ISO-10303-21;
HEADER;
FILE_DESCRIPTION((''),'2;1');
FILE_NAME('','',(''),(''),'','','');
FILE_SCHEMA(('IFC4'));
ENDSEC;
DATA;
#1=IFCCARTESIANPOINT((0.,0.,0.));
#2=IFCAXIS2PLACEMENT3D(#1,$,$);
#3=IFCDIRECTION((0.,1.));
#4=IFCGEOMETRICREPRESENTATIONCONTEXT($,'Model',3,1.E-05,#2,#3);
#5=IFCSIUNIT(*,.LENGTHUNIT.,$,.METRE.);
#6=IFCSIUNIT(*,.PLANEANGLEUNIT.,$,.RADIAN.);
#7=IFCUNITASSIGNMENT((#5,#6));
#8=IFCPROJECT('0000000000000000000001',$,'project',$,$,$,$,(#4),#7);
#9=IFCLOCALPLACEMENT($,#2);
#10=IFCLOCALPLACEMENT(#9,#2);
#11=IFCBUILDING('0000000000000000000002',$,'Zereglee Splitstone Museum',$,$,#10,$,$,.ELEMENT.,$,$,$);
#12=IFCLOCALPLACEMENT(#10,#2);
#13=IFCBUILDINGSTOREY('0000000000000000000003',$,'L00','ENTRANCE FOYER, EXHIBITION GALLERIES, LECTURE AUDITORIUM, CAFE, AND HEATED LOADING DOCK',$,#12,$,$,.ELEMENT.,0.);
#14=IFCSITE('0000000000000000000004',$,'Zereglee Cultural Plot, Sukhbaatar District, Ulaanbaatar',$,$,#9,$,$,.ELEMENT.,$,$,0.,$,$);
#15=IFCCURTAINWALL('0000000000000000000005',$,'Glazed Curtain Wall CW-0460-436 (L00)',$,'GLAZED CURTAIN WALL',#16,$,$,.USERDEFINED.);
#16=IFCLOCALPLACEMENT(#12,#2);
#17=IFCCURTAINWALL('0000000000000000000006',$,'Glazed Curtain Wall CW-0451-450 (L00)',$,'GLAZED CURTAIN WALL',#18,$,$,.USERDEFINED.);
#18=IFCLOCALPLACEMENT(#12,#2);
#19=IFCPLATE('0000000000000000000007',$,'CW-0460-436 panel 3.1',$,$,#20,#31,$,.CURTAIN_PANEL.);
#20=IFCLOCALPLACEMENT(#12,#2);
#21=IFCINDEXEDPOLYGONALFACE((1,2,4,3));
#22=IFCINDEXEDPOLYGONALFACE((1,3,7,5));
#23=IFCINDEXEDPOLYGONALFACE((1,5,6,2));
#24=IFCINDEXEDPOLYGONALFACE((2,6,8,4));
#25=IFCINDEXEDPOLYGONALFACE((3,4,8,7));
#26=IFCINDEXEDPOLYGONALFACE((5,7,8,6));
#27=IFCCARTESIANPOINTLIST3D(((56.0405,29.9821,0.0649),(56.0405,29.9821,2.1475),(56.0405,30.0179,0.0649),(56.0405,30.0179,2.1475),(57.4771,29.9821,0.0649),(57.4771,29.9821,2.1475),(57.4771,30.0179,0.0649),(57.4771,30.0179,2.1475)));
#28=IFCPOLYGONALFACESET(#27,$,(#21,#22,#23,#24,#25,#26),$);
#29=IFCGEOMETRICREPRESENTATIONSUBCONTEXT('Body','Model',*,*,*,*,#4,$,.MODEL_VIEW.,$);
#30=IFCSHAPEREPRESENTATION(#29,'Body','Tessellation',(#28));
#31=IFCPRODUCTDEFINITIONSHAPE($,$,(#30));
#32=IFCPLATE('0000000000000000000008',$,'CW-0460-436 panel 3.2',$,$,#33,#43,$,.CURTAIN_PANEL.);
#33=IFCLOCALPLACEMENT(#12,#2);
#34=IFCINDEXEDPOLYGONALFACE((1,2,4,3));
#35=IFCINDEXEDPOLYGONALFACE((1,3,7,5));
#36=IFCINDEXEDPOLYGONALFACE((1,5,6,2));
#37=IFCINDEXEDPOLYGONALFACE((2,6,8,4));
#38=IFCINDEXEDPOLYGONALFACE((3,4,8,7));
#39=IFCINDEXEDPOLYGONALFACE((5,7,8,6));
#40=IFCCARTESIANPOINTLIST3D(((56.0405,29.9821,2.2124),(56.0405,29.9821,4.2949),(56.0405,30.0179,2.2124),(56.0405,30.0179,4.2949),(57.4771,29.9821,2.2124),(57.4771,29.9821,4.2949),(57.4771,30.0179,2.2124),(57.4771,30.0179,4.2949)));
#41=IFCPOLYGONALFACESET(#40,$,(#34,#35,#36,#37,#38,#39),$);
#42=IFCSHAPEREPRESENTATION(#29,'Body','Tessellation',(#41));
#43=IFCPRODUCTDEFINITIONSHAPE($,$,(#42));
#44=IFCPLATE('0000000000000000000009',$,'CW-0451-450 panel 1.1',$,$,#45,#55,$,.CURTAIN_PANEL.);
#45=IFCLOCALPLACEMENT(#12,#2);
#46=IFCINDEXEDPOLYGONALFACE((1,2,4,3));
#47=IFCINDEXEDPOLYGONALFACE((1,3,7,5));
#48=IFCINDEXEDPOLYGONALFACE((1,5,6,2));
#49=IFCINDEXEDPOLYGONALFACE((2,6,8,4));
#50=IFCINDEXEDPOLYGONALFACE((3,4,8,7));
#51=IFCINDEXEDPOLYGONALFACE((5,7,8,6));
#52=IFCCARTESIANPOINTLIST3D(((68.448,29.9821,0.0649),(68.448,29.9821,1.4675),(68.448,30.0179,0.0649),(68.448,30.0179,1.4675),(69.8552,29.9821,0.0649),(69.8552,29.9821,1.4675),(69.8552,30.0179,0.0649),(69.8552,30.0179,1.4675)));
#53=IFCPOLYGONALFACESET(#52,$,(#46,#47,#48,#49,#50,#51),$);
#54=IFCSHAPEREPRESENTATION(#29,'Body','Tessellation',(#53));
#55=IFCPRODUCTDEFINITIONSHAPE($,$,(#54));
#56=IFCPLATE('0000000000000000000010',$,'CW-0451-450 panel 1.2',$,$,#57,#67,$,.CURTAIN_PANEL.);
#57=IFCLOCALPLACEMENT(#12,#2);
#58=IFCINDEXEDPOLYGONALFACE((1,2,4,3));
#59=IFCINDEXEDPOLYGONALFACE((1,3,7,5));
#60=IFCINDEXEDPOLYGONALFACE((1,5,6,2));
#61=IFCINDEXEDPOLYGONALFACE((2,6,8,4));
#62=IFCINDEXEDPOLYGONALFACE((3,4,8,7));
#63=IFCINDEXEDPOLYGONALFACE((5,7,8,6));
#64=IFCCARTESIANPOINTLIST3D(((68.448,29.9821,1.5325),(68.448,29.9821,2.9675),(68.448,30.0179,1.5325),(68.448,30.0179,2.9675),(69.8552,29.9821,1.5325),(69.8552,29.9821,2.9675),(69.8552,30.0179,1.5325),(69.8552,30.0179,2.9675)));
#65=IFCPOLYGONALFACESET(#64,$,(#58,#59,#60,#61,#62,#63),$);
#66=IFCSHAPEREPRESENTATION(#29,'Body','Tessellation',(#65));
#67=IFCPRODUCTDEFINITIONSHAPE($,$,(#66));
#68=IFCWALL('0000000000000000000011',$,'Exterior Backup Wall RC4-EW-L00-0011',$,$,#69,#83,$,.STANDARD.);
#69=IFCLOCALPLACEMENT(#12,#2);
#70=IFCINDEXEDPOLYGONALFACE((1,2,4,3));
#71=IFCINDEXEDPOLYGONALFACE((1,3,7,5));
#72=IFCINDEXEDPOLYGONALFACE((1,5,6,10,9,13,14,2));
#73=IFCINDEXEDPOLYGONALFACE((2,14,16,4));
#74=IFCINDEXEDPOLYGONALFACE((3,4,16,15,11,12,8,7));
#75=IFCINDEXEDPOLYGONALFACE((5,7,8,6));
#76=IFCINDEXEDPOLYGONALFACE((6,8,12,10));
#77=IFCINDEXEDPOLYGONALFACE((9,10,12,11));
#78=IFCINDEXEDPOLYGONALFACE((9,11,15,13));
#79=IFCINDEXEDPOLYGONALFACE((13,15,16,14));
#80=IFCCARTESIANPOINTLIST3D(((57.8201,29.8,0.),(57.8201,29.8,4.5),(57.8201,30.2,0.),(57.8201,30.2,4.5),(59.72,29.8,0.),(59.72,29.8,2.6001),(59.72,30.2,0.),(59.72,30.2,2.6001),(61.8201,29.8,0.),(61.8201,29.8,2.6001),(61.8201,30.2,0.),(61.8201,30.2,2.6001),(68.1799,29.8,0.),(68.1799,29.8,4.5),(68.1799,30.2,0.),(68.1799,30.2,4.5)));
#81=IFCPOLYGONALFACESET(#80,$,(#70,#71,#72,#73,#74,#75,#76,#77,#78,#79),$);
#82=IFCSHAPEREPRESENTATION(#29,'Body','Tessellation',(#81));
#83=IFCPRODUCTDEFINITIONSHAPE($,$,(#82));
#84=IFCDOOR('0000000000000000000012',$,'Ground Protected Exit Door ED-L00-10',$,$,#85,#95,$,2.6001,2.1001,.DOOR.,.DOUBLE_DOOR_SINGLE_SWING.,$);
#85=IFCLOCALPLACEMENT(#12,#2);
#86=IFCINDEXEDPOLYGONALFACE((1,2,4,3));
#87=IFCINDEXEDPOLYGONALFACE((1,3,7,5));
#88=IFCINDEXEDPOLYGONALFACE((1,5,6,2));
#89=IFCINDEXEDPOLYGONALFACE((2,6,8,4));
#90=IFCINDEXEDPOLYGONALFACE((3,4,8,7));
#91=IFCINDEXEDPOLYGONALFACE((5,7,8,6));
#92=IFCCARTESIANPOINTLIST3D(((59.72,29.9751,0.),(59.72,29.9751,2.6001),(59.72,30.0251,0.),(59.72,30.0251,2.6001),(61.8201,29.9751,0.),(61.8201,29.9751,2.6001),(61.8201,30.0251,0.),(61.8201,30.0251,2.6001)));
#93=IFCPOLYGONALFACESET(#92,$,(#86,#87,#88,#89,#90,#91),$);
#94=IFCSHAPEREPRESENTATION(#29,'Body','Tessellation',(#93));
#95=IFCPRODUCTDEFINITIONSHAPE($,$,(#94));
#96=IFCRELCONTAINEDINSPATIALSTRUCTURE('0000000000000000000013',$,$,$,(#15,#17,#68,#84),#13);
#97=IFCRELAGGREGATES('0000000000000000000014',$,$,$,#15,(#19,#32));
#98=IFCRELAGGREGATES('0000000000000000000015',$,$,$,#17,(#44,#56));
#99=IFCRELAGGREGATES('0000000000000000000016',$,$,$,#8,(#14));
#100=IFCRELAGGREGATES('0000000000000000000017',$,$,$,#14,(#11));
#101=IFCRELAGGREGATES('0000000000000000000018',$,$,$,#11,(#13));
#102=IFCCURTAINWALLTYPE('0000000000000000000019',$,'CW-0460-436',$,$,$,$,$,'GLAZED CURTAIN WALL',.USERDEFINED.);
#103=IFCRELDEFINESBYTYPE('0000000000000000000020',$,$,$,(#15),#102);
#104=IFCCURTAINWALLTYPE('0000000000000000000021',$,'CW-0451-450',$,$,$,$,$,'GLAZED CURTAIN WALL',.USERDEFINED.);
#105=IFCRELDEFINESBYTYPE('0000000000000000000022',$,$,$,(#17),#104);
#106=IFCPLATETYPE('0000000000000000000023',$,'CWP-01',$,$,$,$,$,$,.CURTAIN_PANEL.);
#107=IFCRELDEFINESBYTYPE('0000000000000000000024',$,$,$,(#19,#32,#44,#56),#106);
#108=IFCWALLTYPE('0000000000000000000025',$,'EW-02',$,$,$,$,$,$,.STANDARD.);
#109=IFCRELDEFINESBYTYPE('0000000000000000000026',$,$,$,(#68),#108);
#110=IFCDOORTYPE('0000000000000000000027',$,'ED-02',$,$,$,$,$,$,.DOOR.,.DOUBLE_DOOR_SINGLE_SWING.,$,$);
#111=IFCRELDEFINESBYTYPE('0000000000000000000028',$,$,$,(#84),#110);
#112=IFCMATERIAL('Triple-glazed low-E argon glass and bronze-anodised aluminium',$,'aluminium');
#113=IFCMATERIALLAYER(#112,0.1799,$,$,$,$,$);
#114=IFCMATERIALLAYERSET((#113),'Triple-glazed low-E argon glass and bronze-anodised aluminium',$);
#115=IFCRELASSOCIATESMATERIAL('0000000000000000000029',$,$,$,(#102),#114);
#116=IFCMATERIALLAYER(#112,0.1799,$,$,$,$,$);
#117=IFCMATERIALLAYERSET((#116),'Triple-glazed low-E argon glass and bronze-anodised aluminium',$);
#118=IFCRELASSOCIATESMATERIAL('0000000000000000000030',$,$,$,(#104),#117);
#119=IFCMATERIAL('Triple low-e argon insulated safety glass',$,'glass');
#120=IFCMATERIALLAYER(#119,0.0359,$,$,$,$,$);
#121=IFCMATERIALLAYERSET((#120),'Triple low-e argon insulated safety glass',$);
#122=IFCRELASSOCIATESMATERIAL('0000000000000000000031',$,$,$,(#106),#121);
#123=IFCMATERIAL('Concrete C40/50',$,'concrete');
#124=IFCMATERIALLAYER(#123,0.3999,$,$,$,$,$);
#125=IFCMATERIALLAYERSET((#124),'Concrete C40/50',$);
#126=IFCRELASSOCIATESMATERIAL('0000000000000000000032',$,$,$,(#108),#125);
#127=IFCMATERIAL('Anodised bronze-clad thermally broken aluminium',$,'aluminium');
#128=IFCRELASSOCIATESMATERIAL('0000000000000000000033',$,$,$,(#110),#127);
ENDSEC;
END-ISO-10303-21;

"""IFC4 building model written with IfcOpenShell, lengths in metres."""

from ifc_helpers import new_model, si_unit, direction, frame, frame_2d, origin, origin_2d, place, context, subcontext, project, spatial, rectangle, extrude, material, layer, layer_set, type_object, element, fill, aggregate, save


model = new_model("IFC4")

# Units and contexts
model_context = context("Model", 3, precision=1e-05, world=origin(), true_north=direction((0.0, 1.0)))
body_context = subcontext(model_context, "Body", "Model", "MODEL_VIEW")
ifc_project = project(units=[si_unit("LENGTHUNIT", "METRE"), si_unit("PLANEANGLEUNIT", "RADIAN")], contexts=[model_context])

# Site, building, storey
site_placement = place(None, origin())
site = spatial("IfcSite", under=ifc_project, at=site_placement, Name="Zereglee Cultural Plot, Sukhbaatar District, Ulaanbaatar", CompositionType="ELEMENT", RefElevation=0.0)
building_placement = place(site_placement, origin())
building = spatial("IfcBuilding", under=site, at=building_placement, Name="Zereglee Splitstone Museum", CompositionType="ELEMENT")
storey_placement = place(building_placement, origin())
storey = spatial("IfcBuildingStorey", under=building, at=storey_placement, Name="L00", Description="ENTRANCE FOYER, EXHIBITION GALLERIES, LECTURE AUDITORIUM, CAFE, AND HEATED LOADING DOCK", CompositionType="ELEMENT", Elevation=0.0)

# Curtain wall
ifc_material_1 = material(Name="Triple-glazed low-E argon glass and bronze-anodised aluminium", Category="aluminium")
ifc_layer_1 = layer(ifc_material_1, 0.1799)
ifc_layer_set_1 = layer_set([ifc_layer_1], Name="Triple-glazed low-E argon glass and bronze-anodised aluminium")
curtain_wall_type_1 = type_object("IfcCurtainWallType", Name="CW-0460-436", ElementType="GLAZED CURTAIN WALL", PredefinedType="USERDEFINED", material=ifc_layer_set_1)
curtain_wall_1_placement = place(storey_placement, origin())
curtain_wall_1 = element("IfcCurtainWall", 1, at=curtain_wall_1_placement, inside=storey, type_object=curtain_wall_type_1, Name="Glazed Curtain Wall CW-0460-436 (L00)", ObjectType="GLAZED CURTAIN WALL", PredefinedType="USERDEFINED")

# Curtain wall
ifc_layer_2 = layer(ifc_material_1, 0.1799)
ifc_layer_set_2 = layer_set([ifc_layer_2], Name="Triple-glazed low-E argon glass and bronze-anodised aluminium")
curtain_wall_type_2 = type_object("IfcCurtainWallType", Name="CW-0451-450", ElementType="GLAZED CURTAIN WALL", PredefinedType="USERDEFINED", material=ifc_layer_set_2)
curtain_wall_2_placement = place(storey_placement, origin())
curtain_wall_2 = element("IfcCurtainWall", 2, at=curtain_wall_2_placement, inside=storey, type_object=curtain_wall_type_2, Name="Glazed Curtain Wall CW-0451-450 (L00)", ObjectType="GLAZED CURTAIN WALL", PredefinedType="USERDEFINED")

# Plates
ifc_material_2 = material(Name="Triple low-e argon insulated safety glass", Category="glass")
ifc_layer_3 = layer(ifc_material_2, 0.0359)
ifc_layer_set_3 = layer_set([ifc_layer_3], Name="Triple low-e argon insulated safety glass")
plate_type = type_object("IfcPlateType", Name="CWP-01", PredefinedType="CURTAIN_PANEL", material=ifc_layer_set_3)
plate_1_placement = place(storey_placement, frame((56.7588, 30.0, 0.0649), z_axis=(0.0, 0.0, 1.0), x_axis=(1.0, 0.0, 0.0)))
plate_1 = element("IfcPlate", 3, at=plate_1_placement, type_object=plate_type, Name="CW-0460-436 panel 3.1", PredefinedType="CURTAIN_PANEL", context=body_context, shape_type="SweptSolid", body=[
    extrude(rectangle(XDim=1.4365, YDim=0.0359, at=origin_2d()), origin(), (0.0, 0.0, 1.0), 2.0825),
])
plate_2_placement = place(storey_placement, frame((56.7588, 30.0, 2.2124), z_axis=(0.0, 0.0, 1.0), x_axis=(1.0, 0.0, 0.0)))
plate_2 = element("IfcPlate", 4, at=plate_2_placement, type_object=plate_type, Name="CW-0460-436 panel 3.2", PredefinedType="CURTAIN_PANEL", context=body_context, shape_type="SweptSolid", body=[
    extrude(rectangle(XDim=1.4365, YDim=0.0359, at=origin_2d()), origin(), (0.0, 0.0, 1.0), 2.0825),
])
aggregate(curtain_wall_1, [plate_1, plate_2])
plate_3_placement = place(storey_placement, frame((69.1516, 30.0, 0.0649), z_axis=(0.0, 0.0, 1.0), x_axis=(1.0, 0.0, 0.0)))
plate_3 = element("IfcPlate", 5, at=plate_3_placement, type_object=plate_type, Name="CW-0451-450 panel 1.1", PredefinedType="CURTAIN_PANEL", context=body_context, shape_type="SweptSolid", body=[
    extrude(rectangle(XDim=1.4072, YDim=0.0359, at=origin_2d()), origin(), (0.0, 0.0, 1.0), 1.4026),
])
plate_4_placement = place(storey_placement, frame((69.1516, 30.0, 1.5325), z_axis=(0.0, 0.0, 1.0), x_axis=(1.0, 0.0, 0.0)))
plate_4 = element("IfcPlate", 6, at=plate_4_placement, type_object=plate_type, Name="CW-0451-450 panel 1.2", PredefinedType="CURTAIN_PANEL", context=body_context, shape_type="SweptSolid", body=[
    extrude(rectangle(XDim=1.4072, YDim=0.0359, at=origin_2d()), origin(), (0.0, 0.0, 1.0), 1.4351),
])
aggregate(curtain_wall_2, [plate_3, plate_4])

# Wall, opening, door
ifc_material_3 = material(Name="Concrete C40/50", Category="concrete")
ifc_layer_4 = layer(ifc_material_3, 0.3999)
ifc_layer_set_4 = layer_set([ifc_layer_4], Name="Concrete C40/50")
wall_type = type_object("IfcWallType", Name="EW-02", PredefinedType="STANDARD", material=ifc_layer_set_4)
wall_placement = place(storey_placement, frame((57.8201, 30.0, 0.0), z_axis=(0.0, 0.0, 1.0), x_axis=(1.0, 0.0, 0.0)))
wall = element("IfcWall", 7, at=wall_placement, inside=storey, type_object=wall_type, Name="Exterior Backup Wall RC4-EW-L00-0011", PredefinedType="STANDARD", context=body_context, shape_type="SweptSolid", body=[
    extrude(rectangle(XDim=10.3599, YDim=0.3999, at=frame_2d((5.1799, 0.0))), origin(), (0.0, 0.0, 1.0), 4.5),
])
opening_placement = place(wall_placement, frame((1.8999, 0.0, 0.0)))
opening = element("IfcOpeningElement", 8, at=opening_placement, cuts=wall, PredefinedType="OPENING", context=body_context, shape_type="SweptSolid", body=[
    extrude(rectangle(XDim=2.1001, YDim=2.6001, at=frame_2d((1.05, 1.3))), frame((0.0, 0.2148, 0.0), z_axis=(0.0, -1.0, 0.0), x_axis=(1.0, 0.0, 0.0)), (0.0, 0.0, 1.0), 0.4297),
])
ifc_material_4 = material(Name="Anodised bronze-clad thermally broken aluminium", Category="aluminium")
door_type = type_object("IfcDoorType", Name="ED-02", OperationType="DOUBLE_DOOR_SINGLE_SWING", PredefinedType="DOOR", material=ifc_material_4)
door_placement = place(opening_placement, frame((2.1001, 0.0, 0.0), z_axis=(0.0, 0.0, 1.0), x_axis=(-1.0, 0.0, 0.0)))
door = element("IfcDoor", 9, at=door_placement, inside=storey, type_object=door_type, Name="Ground Protected Exit Door ED-L00-10", OperationType="DOUBLE_DOOR_SINGLE_SWING", OverallHeight=2.6001, OverallWidth=2.1001, PredefinedType="DOOR", context=body_context, shape_type="SweptSolid", body=[
    extrude(rectangle(XDim=2.1001, YDim=2.6001, at=frame_2d((1.05, 1.3))), frame((0.0, 0.0249, 0.0), z_axis=(0.0, -1.0, 0.0), x_axis=(1.0, 0.0, 0.0)), (0.0, 0.0, 1.0), 0.05),
])
fill(opening, door)

save(model, "model.ifc")
